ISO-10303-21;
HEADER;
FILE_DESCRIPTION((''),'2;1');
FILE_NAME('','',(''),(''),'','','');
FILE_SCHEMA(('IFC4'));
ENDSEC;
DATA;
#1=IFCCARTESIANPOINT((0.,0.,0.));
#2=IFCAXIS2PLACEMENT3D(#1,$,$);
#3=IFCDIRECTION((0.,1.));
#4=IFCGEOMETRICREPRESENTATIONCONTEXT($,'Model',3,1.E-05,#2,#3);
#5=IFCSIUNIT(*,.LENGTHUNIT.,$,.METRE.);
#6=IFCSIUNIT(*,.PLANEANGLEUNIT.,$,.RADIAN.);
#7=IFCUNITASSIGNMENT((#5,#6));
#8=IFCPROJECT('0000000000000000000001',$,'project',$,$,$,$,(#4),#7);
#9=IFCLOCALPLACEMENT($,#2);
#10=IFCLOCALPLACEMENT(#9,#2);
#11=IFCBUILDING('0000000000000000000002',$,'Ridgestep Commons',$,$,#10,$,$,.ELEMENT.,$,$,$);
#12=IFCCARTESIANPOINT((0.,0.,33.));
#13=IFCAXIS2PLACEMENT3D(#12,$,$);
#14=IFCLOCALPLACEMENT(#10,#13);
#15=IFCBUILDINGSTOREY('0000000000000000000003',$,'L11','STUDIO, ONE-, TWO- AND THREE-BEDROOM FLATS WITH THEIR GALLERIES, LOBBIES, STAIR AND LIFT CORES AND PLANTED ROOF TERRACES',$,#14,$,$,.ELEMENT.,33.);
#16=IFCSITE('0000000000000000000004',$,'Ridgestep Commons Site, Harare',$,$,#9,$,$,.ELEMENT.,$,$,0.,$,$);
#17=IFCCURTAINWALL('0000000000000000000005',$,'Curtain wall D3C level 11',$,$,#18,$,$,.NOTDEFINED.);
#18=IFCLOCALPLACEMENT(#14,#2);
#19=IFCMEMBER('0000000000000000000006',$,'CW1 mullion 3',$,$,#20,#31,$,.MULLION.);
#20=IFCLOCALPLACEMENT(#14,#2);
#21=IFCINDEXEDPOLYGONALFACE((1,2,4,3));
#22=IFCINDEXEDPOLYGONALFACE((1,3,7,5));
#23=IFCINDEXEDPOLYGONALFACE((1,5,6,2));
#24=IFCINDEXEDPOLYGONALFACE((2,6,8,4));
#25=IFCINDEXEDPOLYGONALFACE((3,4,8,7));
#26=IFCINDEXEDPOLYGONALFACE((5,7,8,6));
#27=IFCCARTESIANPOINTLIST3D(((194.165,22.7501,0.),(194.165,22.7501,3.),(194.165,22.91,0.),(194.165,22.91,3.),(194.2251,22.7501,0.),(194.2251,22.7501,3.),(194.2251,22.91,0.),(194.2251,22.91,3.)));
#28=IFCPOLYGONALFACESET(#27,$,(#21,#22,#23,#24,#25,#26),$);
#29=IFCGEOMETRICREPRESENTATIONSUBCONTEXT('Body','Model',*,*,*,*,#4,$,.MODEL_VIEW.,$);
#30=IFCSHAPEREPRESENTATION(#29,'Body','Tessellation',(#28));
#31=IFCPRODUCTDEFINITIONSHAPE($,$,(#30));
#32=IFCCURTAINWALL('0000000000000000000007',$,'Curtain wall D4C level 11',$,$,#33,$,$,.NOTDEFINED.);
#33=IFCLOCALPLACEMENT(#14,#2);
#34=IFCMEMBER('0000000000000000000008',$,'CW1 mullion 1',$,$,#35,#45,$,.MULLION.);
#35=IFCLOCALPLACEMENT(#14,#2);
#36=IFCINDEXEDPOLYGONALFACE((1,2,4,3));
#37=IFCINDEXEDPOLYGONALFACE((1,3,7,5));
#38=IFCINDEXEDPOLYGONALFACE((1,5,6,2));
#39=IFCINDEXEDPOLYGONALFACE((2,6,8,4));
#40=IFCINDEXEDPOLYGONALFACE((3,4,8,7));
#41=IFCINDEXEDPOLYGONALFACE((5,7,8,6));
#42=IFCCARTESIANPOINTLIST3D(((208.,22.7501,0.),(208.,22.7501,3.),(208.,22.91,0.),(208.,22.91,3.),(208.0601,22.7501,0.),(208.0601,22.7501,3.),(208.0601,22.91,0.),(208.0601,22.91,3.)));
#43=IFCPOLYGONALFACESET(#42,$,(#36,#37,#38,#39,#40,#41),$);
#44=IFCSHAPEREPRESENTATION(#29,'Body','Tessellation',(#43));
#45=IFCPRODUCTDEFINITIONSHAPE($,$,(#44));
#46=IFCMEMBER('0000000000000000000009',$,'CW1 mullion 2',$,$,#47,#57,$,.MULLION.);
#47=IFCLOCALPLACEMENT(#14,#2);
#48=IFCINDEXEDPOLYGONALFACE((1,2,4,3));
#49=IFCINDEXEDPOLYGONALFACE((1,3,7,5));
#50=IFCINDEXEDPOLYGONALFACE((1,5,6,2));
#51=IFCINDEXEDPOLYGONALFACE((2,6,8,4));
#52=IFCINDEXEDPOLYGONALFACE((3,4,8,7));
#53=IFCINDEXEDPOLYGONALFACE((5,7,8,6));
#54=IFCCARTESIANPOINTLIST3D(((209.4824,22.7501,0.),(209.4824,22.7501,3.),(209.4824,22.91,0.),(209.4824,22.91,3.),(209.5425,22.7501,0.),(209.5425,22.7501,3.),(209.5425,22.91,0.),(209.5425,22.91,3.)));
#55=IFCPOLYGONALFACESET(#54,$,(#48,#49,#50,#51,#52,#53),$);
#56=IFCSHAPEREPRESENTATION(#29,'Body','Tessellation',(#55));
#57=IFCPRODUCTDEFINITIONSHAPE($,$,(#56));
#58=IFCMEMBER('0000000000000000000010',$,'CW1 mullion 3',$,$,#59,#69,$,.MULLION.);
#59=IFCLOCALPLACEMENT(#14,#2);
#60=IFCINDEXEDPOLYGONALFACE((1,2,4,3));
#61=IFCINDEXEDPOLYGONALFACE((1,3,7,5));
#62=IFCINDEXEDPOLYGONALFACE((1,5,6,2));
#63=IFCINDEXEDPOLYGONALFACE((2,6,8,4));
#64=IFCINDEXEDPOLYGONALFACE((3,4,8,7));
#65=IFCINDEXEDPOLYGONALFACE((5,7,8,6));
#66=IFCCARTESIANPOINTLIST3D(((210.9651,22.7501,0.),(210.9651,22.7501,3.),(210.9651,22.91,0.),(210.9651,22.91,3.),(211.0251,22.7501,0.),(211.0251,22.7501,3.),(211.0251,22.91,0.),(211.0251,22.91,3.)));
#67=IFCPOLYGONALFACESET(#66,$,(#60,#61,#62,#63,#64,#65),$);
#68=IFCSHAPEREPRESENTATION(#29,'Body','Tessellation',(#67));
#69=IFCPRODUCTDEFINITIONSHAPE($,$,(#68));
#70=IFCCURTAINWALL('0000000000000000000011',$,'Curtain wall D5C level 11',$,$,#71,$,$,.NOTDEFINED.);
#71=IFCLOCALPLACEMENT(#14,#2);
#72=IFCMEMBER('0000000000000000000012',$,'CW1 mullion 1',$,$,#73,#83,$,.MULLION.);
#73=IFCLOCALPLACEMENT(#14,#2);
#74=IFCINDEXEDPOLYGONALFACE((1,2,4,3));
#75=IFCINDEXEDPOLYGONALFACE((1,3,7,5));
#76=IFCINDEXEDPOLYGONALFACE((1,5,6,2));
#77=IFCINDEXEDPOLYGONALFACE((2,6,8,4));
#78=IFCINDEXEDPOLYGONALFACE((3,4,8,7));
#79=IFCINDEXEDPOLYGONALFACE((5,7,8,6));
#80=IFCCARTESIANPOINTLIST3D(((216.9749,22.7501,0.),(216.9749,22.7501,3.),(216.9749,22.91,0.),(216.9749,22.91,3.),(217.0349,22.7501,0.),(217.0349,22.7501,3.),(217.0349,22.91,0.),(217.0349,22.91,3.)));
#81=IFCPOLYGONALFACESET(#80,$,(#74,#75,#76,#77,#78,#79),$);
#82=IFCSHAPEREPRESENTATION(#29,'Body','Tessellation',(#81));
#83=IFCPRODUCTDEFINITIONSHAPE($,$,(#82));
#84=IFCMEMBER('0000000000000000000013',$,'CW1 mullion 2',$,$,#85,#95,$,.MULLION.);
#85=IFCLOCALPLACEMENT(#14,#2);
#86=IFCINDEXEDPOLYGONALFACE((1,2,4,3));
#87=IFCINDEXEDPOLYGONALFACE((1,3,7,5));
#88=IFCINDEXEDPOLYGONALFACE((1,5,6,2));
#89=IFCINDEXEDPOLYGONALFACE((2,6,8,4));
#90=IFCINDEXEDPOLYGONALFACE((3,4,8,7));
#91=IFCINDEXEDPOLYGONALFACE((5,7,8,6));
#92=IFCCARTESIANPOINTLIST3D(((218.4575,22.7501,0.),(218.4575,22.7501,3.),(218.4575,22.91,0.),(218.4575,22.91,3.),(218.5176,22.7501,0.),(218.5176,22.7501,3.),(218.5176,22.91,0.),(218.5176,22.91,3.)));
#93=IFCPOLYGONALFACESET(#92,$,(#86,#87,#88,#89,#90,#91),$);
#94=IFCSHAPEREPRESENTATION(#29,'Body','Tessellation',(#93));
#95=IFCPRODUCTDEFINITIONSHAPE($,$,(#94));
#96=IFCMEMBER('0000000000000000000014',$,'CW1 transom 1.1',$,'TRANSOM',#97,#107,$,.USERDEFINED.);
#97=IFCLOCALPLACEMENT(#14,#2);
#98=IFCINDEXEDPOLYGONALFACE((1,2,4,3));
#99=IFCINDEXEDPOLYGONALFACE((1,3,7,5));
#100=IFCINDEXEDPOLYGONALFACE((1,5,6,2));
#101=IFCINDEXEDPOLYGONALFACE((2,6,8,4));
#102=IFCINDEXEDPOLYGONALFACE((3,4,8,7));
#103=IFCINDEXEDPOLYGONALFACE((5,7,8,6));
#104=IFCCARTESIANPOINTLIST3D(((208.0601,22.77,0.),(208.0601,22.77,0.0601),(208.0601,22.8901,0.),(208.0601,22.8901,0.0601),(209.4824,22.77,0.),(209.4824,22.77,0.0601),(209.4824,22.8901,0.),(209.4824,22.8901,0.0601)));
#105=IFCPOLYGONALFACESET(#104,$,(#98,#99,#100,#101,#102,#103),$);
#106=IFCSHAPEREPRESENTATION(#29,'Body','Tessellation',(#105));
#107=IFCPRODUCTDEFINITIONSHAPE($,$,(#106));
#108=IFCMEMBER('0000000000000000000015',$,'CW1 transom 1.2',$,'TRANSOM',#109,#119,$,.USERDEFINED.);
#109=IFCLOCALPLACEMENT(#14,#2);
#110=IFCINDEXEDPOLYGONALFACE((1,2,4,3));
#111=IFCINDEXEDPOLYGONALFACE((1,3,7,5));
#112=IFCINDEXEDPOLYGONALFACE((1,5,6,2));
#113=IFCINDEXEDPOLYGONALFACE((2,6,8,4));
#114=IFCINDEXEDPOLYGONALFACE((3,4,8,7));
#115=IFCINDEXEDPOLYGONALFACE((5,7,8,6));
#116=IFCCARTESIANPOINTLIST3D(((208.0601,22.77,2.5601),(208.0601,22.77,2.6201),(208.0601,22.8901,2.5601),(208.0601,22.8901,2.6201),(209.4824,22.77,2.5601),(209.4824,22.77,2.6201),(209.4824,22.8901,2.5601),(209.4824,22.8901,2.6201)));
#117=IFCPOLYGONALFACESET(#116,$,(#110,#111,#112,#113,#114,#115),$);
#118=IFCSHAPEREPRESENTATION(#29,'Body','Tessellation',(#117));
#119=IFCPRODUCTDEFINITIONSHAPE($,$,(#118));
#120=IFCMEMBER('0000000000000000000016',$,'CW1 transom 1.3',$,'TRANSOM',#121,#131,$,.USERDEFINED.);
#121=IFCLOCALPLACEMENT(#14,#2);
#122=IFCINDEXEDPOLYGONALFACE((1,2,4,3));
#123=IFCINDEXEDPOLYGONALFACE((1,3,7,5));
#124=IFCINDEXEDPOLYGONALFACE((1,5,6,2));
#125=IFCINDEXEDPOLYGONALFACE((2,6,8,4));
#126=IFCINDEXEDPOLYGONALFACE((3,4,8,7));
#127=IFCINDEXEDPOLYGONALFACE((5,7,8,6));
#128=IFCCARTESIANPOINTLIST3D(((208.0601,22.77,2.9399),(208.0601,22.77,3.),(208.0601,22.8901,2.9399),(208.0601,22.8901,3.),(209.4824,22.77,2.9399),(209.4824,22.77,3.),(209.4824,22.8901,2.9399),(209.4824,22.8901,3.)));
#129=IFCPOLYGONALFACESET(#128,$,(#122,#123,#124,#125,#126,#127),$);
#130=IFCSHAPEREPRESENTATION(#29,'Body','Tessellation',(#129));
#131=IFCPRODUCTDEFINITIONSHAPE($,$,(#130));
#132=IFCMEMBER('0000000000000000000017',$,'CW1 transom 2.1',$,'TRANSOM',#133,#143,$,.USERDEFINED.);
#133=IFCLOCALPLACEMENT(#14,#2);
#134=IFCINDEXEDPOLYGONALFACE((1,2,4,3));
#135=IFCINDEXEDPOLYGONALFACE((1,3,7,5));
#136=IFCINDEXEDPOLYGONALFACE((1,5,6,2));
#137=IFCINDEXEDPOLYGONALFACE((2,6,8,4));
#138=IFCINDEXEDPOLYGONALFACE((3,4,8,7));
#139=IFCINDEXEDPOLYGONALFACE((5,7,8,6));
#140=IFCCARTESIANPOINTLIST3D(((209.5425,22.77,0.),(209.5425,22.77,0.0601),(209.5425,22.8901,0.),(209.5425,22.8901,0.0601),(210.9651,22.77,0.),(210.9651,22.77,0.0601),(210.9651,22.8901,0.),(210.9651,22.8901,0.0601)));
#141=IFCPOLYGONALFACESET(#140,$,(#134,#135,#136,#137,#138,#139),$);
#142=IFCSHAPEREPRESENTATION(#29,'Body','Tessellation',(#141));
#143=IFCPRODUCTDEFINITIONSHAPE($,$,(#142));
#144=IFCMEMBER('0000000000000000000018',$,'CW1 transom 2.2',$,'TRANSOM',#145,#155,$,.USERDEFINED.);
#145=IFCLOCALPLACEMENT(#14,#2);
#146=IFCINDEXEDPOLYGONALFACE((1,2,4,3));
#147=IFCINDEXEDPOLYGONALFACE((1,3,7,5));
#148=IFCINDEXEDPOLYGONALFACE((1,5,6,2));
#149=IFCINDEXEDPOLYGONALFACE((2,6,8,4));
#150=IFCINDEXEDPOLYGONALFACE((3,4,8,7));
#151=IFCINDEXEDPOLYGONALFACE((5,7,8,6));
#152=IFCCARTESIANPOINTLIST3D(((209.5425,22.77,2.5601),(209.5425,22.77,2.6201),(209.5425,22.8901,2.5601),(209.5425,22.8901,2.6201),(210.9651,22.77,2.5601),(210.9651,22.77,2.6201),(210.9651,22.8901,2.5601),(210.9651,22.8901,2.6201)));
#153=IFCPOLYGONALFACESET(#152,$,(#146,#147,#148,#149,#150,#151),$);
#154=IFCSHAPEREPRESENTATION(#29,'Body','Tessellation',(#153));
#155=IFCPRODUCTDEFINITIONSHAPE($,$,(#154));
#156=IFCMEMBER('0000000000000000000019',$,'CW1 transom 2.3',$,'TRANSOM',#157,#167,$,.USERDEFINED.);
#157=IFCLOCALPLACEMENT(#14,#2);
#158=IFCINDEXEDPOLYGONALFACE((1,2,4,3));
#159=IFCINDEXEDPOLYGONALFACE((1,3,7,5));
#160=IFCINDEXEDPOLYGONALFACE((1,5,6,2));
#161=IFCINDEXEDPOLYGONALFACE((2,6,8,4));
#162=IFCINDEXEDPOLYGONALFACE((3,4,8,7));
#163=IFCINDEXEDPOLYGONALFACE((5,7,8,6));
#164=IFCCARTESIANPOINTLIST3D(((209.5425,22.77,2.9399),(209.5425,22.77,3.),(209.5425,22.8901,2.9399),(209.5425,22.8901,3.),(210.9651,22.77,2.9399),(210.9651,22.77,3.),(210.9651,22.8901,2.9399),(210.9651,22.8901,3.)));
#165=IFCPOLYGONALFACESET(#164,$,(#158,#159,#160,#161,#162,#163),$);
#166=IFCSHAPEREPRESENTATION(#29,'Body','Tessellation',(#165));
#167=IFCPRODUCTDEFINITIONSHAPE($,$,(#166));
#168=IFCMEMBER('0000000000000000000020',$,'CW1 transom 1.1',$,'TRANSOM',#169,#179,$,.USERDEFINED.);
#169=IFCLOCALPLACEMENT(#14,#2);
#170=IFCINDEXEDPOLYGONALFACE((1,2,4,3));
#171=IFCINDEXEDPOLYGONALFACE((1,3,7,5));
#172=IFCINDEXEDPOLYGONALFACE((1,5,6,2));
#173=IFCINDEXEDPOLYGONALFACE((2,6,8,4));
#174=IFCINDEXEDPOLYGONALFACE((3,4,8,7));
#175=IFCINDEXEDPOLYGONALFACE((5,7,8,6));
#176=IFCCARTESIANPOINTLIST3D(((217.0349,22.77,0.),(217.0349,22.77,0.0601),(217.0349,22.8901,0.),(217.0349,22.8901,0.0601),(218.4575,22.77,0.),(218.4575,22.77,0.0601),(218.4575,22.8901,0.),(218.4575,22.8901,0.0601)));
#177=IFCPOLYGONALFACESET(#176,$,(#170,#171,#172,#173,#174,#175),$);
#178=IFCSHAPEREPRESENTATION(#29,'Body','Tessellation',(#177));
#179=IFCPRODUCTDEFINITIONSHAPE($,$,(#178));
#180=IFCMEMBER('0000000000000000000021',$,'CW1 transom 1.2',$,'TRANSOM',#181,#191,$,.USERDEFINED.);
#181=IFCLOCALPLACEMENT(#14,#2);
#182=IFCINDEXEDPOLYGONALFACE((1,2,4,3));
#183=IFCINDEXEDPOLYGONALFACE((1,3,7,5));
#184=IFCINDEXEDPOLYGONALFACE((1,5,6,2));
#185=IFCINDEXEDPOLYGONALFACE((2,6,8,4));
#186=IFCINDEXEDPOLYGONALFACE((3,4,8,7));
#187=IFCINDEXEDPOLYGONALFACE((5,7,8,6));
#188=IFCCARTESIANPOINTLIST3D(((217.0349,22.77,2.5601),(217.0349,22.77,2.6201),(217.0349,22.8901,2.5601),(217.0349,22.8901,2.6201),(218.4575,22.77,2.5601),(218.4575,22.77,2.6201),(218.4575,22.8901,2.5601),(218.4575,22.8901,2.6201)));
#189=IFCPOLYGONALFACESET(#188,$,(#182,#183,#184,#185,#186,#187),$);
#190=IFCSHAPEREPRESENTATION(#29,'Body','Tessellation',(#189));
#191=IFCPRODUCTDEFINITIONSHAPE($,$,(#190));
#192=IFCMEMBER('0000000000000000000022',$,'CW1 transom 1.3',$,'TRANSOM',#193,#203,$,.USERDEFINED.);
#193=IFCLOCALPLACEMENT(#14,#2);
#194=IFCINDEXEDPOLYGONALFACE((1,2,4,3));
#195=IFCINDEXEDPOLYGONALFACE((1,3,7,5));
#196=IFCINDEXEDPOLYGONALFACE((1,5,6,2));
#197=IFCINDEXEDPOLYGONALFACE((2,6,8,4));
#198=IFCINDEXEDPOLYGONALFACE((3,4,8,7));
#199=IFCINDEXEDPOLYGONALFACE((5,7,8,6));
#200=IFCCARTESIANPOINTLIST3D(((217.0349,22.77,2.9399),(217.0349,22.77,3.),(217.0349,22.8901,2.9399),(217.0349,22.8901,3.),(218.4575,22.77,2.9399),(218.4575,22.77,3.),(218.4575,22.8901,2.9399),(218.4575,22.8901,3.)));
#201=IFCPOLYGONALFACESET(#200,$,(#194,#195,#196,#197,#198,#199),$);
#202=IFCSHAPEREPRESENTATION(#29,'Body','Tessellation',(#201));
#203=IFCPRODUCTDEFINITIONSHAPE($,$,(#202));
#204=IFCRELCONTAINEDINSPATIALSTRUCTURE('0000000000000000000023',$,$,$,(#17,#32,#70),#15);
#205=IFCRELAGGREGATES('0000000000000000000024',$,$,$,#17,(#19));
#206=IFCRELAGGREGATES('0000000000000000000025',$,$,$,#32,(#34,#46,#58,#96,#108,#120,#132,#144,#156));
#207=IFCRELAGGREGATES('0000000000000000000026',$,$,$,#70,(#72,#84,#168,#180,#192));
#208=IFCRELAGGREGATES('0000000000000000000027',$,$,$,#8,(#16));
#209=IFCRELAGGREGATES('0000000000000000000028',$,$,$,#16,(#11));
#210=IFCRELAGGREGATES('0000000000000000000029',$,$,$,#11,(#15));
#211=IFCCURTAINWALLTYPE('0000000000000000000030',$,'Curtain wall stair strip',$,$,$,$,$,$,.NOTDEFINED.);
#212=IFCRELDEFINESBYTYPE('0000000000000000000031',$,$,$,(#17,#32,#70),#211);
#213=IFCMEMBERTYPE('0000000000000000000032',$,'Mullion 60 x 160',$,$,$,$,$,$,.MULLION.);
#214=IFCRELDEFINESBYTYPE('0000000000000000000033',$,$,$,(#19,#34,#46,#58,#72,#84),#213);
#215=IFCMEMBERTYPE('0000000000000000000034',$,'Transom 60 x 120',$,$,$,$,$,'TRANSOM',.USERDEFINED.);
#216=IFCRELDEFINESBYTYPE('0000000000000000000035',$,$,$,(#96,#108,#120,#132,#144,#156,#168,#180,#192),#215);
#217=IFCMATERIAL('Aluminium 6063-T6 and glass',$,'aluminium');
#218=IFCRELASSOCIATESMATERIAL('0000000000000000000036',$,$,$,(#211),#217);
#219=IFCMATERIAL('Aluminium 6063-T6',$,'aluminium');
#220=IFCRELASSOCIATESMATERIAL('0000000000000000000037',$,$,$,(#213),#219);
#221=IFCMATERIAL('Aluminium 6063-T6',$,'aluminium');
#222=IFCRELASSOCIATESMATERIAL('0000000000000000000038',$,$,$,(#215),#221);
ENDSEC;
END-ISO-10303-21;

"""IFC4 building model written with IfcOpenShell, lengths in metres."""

from ifc_helpers import new_model, si_unit, direction, frame, origin, origin_2d, place, context, subcontext, project, spatial, rectangle, extrude, material, material_profile, profile_set, type_object, element, aggregate, save


model = new_model("IFC4")

# Units and contexts
model_context = context("Model", 3, precision=1e-05, world=origin(), true_north=direction((0.0, 1.0)))
body_context = subcontext(model_context, "Body", "Model", "MODEL_VIEW")
ifc_project = project(units=[si_unit("LENGTHUNIT", "METRE"), si_unit("PLANEANGLEUNIT", "RADIAN")], contexts=[model_context])

# Site, building, storey
site_placement = place(None, origin())
site = spatial("IfcSite", under=ifc_project, at=site_placement, Name="Ridgestep Commons Site, Harare", CompositionType="ELEMENT", RefElevation=0.0)
building_placement = place(site_placement, origin())
building = spatial("IfcBuilding", under=site, at=building_placement, Name="Ridgestep Commons", CompositionType="ELEMENT")
storey_placement = place(building_placement, frame((0.0, 0.0, 33.0)))
storey = spatial("IfcBuildingStorey", under=building, at=storey_placement, Name="L11", Description="STUDIO, ONE-, TWO- AND THREE-BEDROOM FLATS WITH THEIR GALLERIES, LOBBIES, STAIR AND LIFT CORES AND PLANTED ROOF TERRACES", CompositionType="ELEMENT", Elevation=33.0)

# Curtain wall, member
ifc_material_1 = material(Name="Aluminium 6063-T6 and glass", Category="aluminium")
curtain_wall_type = type_object("IfcCurtainWallType", Name="Curtain wall stair strip", PredefinedType="NOTDEFINED", material=ifc_material_1)
curtain_wall_1_placement = place(storey_placement, origin())
curtain_wall_1 = element("IfcCurtainWall", 1, at=curtain_wall_1_placement, inside=storey, type_object=curtain_wall_type, Name="Curtain wall D3C level 11", PredefinedType="NOTDEFINED")
ifc_material_2 = material(Name="Aluminium 6063-T6", Category="aluminium")
ifc_material_profile_1 = material_profile(ifc_material_2, rectangle(XDim=0.1599, YDim=0.0601, at=origin_2d()), Name="Mullion 60 x 160")
ifc_profile_set_1 = profile_set([ifc_material_profile_1], Name="Aluminium 6063-T6")
member_type_1 = type_object("IfcMemberType", Name="Mullion 60 x 160", PredefinedType="MULLION", material=ifc_profile_set_1)
member_1_placement = place(storey_placement, frame((194.1951, 22.8301, 0.0), z_axis=(0.0, 0.0, 1.0), x_axis=(0.0, 1.0, 0.0)))
member_1 = element("IfcMember", 2, at=member_1_placement, type_object=member_type_1, Name="CW1 mullion 3", PredefinedType="MULLION", context=body_context, shape_type="SweptSolid", body=[
    extrude(rectangle(XDim=0.1599, YDim=0.0601, at=origin_2d()), origin(), (0.0, 0.0, 1.0), 3.0),
])
aggregate(curtain_wall_1, [member_1])

# Curtain walls, members
curtain_wall_2_placement = place(storey_placement, origin())
curtain_wall_2 = element("IfcCurtainWall", 3, at=curtain_wall_2_placement, inside=storey, type_object=curtain_wall_type, Name="Curtain wall D4C level 11", PredefinedType="NOTDEFINED")
member_2_placement = place(storey_placement, frame((208.03, 22.8301, 0.0), z_axis=(0.0, 0.0, 1.0), x_axis=(0.0, 1.0, 0.0)))
member_2 = element("IfcMember", 4, at=member_2_placement, type_object=member_type_1, Name="CW1 mullion 1", PredefinedType="MULLION", context=body_context, shape_type="SweptSolid", body=[
    extrude(rectangle(XDim=0.1599, YDim=0.0601, at=origin_2d()), origin(), (0.0, 0.0, 1.0), 3.0),
])
member_3_placement = place(storey_placement, frame((209.5125, 22.8301, 0.0), z_axis=(0.0, 0.0, 1.0), x_axis=(0.0, 1.0, 0.0)))
member_3 = element("IfcMember", 5, at=member_3_placement, type_object=member_type_1, Name="CW1 mullion 2", PredefinedType="MULLION", context=body_context, shape_type="SweptSolid", body=[
    extrude(rectangle(XDim=0.1599, YDim=0.0601, at=origin_2d()), origin(), (0.0, 0.0, 1.0), 3.0),
])
member_4_placement = place(storey_placement, frame((210.9951, 22.8301, 0.0), z_axis=(0.0, 0.0, 1.0), x_axis=(0.0, 1.0, 0.0)))
member_4 = element("IfcMember", 6, at=member_4_placement, type_object=member_type_1, Name="CW1 mullion 3", PredefinedType="MULLION", context=body_context, shape_type="SweptSolid", body=[
    extrude(rectangle(XDim=0.1599, YDim=0.0601, at=origin_2d()), origin(), (0.0, 0.0, 1.0), 3.0),
])
curtain_wall_3_placement = place(storey_placement, origin())
curtain_wall_3 = element("IfcCurtainWall", 7, at=curtain_wall_3_placement, inside=storey, type_object=curtain_wall_type, Name="Curtain wall D5C level 11", PredefinedType="NOTDEFINED")
member_5_placement = place(storey_placement, frame((217.0049, 22.8301, 0.0), z_axis=(0.0, 0.0, 1.0), x_axis=(0.0, 1.0, 0.0)))
member_5 = element("IfcMember", 8, at=member_5_placement, type_object=member_type_1, Name="CW1 mullion 1", PredefinedType="MULLION", context=body_context, shape_type="SweptSolid", body=[
    extrude(rectangle(XDim=0.1599, YDim=0.0601, at=origin_2d()), origin(), (0.0, 0.0, 1.0), 3.0),
])
member_6_placement = place(storey_placement, frame((218.4875, 22.8301, 0.0), z_axis=(0.0, 0.0, 1.0), x_axis=(0.0, 1.0, 0.0)))
member_6 = element("IfcMember", 9, at=member_6_placement, type_object=member_type_1, Name="CW1 mullion 2", PredefinedType="MULLION", context=body_context, shape_type="SweptSolid", body=[
    extrude(rectangle(XDim=0.1599, YDim=0.0601, at=origin_2d()), origin(), (0.0, 0.0, 1.0), 3.0),
])

# Members
ifc_material_3 = material(Name="Aluminium 6063-T6", Category="aluminium")
ifc_material_profile_2 = material_profile(ifc_material_3, rectangle(XDim=0.1201, YDim=0.0601, at=origin_2d()), Name="Transom 60 x 120")
ifc_profile_set_2 = profile_set([ifc_material_profile_2], Name="Aluminium 6063-T6")
member_type_2 = type_object("IfcMemberType", Name="Transom 60 x 120", ElementType="TRANSOM", PredefinedType="USERDEFINED", material=ifc_profile_set_2)
member_7_placement = place(storey_placement, frame((208.0601, 22.8301, 0.03), z_axis=(1.0, 0.0, 0.0), x_axis=(0.0, 1.0, 0.0)))
member_7 = element("IfcMember", 10, at=member_7_placement, type_object=member_type_2, Name="CW1 transom 1.1", ObjectType="TRANSOM", PredefinedType="USERDEFINED", context=body_context, shape_type="SweptSolid", body=[
    extrude(rectangle(XDim=0.1201, YDim=0.0601, at=origin_2d()), origin(), (0.0, 0.0, 1.0), 1.4224),
])
member_8_placement = place(storey_placement, frame((208.0601, 22.8301, 2.5901), z_axis=(1.0, 0.0, 0.0), x_axis=(0.0, 1.0, 0.0)))
member_8 = element("IfcMember", 11, at=member_8_placement, type_object=member_type_2, Name="CW1 transom 1.2", ObjectType="TRANSOM", PredefinedType="USERDEFINED", context=body_context, shape_type="SweptSolid", body=[
    extrude(rectangle(XDim=0.1201, YDim=0.0601, at=origin_2d()), origin(), (0.0, 0.0, 1.0), 1.4224),
])
member_9_placement = place(storey_placement, frame((208.0601, 22.8301, 2.97), z_axis=(1.0, 0.0, 0.0), x_axis=(0.0, 1.0, 0.0)))
member_9 = element("IfcMember", 12, at=member_9_placement, type_object=member_type_2, Name="CW1 transom 1.3", ObjectType="TRANSOM", PredefinedType="USERDEFINED", context=body_context, shape_type="SweptSolid", body=[
    extrude(rectangle(XDim=0.1201, YDim=0.0601, at=origin_2d()), origin(), (0.0, 0.0, 1.0), 1.4224),
])
member_10_placement = place(storey_placement, frame((209.5425, 22.8301, 0.03), z_axis=(1.0, 0.0, 0.0), x_axis=(0.0, 1.0, 0.0)))
member_10 = element("IfcMember", 13, at=member_10_placement, type_object=member_type_2, Name="CW1 transom 2.1", ObjectType="TRANSOM", PredefinedType="USERDEFINED", context=body_context, shape_type="SweptSolid", body=[
    extrude(rectangle(XDim=0.1201, YDim=0.0601, at=origin_2d()), origin(), (0.0, 0.0, 1.0), 1.4226),
])
member_11_placement = place(storey_placement, frame((209.5425, 22.8301, 2.5901), z_axis=(1.0, 0.0, 0.0), x_axis=(0.0, 1.0, 0.0)))
member_11 = element("IfcMember", 14, at=member_11_placement, type_object=member_type_2, Name="CW1 transom 2.2", ObjectType="TRANSOM", PredefinedType="USERDEFINED", context=body_context, shape_type="SweptSolid", body=[
    extrude(rectangle(XDim=0.1201, YDim=0.0601, at=origin_2d()), origin(), (0.0, 0.0, 1.0), 1.4226),
])
member_12_placement = place(storey_placement, frame((209.5425, 22.8301, 2.97), z_axis=(1.0, 0.0, 0.0), x_axis=(0.0, 1.0, 0.0)))
member_12 = element("IfcMember", 15, at=member_12_placement, type_object=member_type_2, Name="CW1 transom 2.3", ObjectType="TRANSOM", PredefinedType="USERDEFINED", context=body_context, shape_type="SweptSolid", body=[
    extrude(rectangle(XDim=0.1201, YDim=0.0601, at=origin_2d()), origin(), (0.0, 0.0, 1.0), 1.4226),
])
member_13_placement = place(storey_placement, frame((217.0349, 22.8301, 0.03), z_axis=(1.0, 0.0, 0.0), x_axis=(0.0, 1.0, 0.0)))
member_13 = element("IfcMember", 16, at=member_13_placement, type_object=member_type_2, Name="CW1 transom 1.1", ObjectType="TRANSOM", PredefinedType="USERDEFINED", context=body_context, shape_type="SweptSolid", body=[
    extrude(rectangle(XDim=0.1201, YDim=0.0601, at=origin_2d()), origin(), (0.0, 0.0, 1.0), 1.4226),
])
member_14_placement = place(storey_placement, frame((217.0349, 22.8301, 2.5901), z_axis=(1.0, 0.0, 0.0), x_axis=(0.0, 1.0, 0.0)))
member_14 = element("IfcMember", 17, at=member_14_placement, type_object=member_type_2, Name="CW1 transom 1.2", ObjectType="TRANSOM", PredefinedType="USERDEFINED", context=body_context, shape_type="SweptSolid", body=[
    extrude(rectangle(XDim=0.1201, YDim=0.0601, at=origin_2d()), origin(), (0.0, 0.0, 1.0), 1.4226),
])
member_15_placement = place(storey_placement, frame((217.0349, 22.8301, 2.97), z_axis=(1.0, 0.0, 0.0), x_axis=(0.0, 1.0, 0.0)))
member_15 = element("IfcMember", 18, at=member_15_placement, type_object=member_type_2, Name="CW1 transom 1.3", ObjectType="TRANSOM", PredefinedType="USERDEFINED", context=body_context, shape_type="SweptSolid", body=[
    extrude(rectangle(XDim=0.1201, YDim=0.0601, at=origin_2d()), origin(), (0.0, 0.0, 1.0), 1.4226),
])

aggregate(curtain_wall_2, [member_2, member_3, member_4, member_7, member_8, member_9, member_10, member_11, member_12])
aggregate(curtain_wall_3, [member_5, member_6, member_13, member_14, member_15])

save(model, "model.ifc")
